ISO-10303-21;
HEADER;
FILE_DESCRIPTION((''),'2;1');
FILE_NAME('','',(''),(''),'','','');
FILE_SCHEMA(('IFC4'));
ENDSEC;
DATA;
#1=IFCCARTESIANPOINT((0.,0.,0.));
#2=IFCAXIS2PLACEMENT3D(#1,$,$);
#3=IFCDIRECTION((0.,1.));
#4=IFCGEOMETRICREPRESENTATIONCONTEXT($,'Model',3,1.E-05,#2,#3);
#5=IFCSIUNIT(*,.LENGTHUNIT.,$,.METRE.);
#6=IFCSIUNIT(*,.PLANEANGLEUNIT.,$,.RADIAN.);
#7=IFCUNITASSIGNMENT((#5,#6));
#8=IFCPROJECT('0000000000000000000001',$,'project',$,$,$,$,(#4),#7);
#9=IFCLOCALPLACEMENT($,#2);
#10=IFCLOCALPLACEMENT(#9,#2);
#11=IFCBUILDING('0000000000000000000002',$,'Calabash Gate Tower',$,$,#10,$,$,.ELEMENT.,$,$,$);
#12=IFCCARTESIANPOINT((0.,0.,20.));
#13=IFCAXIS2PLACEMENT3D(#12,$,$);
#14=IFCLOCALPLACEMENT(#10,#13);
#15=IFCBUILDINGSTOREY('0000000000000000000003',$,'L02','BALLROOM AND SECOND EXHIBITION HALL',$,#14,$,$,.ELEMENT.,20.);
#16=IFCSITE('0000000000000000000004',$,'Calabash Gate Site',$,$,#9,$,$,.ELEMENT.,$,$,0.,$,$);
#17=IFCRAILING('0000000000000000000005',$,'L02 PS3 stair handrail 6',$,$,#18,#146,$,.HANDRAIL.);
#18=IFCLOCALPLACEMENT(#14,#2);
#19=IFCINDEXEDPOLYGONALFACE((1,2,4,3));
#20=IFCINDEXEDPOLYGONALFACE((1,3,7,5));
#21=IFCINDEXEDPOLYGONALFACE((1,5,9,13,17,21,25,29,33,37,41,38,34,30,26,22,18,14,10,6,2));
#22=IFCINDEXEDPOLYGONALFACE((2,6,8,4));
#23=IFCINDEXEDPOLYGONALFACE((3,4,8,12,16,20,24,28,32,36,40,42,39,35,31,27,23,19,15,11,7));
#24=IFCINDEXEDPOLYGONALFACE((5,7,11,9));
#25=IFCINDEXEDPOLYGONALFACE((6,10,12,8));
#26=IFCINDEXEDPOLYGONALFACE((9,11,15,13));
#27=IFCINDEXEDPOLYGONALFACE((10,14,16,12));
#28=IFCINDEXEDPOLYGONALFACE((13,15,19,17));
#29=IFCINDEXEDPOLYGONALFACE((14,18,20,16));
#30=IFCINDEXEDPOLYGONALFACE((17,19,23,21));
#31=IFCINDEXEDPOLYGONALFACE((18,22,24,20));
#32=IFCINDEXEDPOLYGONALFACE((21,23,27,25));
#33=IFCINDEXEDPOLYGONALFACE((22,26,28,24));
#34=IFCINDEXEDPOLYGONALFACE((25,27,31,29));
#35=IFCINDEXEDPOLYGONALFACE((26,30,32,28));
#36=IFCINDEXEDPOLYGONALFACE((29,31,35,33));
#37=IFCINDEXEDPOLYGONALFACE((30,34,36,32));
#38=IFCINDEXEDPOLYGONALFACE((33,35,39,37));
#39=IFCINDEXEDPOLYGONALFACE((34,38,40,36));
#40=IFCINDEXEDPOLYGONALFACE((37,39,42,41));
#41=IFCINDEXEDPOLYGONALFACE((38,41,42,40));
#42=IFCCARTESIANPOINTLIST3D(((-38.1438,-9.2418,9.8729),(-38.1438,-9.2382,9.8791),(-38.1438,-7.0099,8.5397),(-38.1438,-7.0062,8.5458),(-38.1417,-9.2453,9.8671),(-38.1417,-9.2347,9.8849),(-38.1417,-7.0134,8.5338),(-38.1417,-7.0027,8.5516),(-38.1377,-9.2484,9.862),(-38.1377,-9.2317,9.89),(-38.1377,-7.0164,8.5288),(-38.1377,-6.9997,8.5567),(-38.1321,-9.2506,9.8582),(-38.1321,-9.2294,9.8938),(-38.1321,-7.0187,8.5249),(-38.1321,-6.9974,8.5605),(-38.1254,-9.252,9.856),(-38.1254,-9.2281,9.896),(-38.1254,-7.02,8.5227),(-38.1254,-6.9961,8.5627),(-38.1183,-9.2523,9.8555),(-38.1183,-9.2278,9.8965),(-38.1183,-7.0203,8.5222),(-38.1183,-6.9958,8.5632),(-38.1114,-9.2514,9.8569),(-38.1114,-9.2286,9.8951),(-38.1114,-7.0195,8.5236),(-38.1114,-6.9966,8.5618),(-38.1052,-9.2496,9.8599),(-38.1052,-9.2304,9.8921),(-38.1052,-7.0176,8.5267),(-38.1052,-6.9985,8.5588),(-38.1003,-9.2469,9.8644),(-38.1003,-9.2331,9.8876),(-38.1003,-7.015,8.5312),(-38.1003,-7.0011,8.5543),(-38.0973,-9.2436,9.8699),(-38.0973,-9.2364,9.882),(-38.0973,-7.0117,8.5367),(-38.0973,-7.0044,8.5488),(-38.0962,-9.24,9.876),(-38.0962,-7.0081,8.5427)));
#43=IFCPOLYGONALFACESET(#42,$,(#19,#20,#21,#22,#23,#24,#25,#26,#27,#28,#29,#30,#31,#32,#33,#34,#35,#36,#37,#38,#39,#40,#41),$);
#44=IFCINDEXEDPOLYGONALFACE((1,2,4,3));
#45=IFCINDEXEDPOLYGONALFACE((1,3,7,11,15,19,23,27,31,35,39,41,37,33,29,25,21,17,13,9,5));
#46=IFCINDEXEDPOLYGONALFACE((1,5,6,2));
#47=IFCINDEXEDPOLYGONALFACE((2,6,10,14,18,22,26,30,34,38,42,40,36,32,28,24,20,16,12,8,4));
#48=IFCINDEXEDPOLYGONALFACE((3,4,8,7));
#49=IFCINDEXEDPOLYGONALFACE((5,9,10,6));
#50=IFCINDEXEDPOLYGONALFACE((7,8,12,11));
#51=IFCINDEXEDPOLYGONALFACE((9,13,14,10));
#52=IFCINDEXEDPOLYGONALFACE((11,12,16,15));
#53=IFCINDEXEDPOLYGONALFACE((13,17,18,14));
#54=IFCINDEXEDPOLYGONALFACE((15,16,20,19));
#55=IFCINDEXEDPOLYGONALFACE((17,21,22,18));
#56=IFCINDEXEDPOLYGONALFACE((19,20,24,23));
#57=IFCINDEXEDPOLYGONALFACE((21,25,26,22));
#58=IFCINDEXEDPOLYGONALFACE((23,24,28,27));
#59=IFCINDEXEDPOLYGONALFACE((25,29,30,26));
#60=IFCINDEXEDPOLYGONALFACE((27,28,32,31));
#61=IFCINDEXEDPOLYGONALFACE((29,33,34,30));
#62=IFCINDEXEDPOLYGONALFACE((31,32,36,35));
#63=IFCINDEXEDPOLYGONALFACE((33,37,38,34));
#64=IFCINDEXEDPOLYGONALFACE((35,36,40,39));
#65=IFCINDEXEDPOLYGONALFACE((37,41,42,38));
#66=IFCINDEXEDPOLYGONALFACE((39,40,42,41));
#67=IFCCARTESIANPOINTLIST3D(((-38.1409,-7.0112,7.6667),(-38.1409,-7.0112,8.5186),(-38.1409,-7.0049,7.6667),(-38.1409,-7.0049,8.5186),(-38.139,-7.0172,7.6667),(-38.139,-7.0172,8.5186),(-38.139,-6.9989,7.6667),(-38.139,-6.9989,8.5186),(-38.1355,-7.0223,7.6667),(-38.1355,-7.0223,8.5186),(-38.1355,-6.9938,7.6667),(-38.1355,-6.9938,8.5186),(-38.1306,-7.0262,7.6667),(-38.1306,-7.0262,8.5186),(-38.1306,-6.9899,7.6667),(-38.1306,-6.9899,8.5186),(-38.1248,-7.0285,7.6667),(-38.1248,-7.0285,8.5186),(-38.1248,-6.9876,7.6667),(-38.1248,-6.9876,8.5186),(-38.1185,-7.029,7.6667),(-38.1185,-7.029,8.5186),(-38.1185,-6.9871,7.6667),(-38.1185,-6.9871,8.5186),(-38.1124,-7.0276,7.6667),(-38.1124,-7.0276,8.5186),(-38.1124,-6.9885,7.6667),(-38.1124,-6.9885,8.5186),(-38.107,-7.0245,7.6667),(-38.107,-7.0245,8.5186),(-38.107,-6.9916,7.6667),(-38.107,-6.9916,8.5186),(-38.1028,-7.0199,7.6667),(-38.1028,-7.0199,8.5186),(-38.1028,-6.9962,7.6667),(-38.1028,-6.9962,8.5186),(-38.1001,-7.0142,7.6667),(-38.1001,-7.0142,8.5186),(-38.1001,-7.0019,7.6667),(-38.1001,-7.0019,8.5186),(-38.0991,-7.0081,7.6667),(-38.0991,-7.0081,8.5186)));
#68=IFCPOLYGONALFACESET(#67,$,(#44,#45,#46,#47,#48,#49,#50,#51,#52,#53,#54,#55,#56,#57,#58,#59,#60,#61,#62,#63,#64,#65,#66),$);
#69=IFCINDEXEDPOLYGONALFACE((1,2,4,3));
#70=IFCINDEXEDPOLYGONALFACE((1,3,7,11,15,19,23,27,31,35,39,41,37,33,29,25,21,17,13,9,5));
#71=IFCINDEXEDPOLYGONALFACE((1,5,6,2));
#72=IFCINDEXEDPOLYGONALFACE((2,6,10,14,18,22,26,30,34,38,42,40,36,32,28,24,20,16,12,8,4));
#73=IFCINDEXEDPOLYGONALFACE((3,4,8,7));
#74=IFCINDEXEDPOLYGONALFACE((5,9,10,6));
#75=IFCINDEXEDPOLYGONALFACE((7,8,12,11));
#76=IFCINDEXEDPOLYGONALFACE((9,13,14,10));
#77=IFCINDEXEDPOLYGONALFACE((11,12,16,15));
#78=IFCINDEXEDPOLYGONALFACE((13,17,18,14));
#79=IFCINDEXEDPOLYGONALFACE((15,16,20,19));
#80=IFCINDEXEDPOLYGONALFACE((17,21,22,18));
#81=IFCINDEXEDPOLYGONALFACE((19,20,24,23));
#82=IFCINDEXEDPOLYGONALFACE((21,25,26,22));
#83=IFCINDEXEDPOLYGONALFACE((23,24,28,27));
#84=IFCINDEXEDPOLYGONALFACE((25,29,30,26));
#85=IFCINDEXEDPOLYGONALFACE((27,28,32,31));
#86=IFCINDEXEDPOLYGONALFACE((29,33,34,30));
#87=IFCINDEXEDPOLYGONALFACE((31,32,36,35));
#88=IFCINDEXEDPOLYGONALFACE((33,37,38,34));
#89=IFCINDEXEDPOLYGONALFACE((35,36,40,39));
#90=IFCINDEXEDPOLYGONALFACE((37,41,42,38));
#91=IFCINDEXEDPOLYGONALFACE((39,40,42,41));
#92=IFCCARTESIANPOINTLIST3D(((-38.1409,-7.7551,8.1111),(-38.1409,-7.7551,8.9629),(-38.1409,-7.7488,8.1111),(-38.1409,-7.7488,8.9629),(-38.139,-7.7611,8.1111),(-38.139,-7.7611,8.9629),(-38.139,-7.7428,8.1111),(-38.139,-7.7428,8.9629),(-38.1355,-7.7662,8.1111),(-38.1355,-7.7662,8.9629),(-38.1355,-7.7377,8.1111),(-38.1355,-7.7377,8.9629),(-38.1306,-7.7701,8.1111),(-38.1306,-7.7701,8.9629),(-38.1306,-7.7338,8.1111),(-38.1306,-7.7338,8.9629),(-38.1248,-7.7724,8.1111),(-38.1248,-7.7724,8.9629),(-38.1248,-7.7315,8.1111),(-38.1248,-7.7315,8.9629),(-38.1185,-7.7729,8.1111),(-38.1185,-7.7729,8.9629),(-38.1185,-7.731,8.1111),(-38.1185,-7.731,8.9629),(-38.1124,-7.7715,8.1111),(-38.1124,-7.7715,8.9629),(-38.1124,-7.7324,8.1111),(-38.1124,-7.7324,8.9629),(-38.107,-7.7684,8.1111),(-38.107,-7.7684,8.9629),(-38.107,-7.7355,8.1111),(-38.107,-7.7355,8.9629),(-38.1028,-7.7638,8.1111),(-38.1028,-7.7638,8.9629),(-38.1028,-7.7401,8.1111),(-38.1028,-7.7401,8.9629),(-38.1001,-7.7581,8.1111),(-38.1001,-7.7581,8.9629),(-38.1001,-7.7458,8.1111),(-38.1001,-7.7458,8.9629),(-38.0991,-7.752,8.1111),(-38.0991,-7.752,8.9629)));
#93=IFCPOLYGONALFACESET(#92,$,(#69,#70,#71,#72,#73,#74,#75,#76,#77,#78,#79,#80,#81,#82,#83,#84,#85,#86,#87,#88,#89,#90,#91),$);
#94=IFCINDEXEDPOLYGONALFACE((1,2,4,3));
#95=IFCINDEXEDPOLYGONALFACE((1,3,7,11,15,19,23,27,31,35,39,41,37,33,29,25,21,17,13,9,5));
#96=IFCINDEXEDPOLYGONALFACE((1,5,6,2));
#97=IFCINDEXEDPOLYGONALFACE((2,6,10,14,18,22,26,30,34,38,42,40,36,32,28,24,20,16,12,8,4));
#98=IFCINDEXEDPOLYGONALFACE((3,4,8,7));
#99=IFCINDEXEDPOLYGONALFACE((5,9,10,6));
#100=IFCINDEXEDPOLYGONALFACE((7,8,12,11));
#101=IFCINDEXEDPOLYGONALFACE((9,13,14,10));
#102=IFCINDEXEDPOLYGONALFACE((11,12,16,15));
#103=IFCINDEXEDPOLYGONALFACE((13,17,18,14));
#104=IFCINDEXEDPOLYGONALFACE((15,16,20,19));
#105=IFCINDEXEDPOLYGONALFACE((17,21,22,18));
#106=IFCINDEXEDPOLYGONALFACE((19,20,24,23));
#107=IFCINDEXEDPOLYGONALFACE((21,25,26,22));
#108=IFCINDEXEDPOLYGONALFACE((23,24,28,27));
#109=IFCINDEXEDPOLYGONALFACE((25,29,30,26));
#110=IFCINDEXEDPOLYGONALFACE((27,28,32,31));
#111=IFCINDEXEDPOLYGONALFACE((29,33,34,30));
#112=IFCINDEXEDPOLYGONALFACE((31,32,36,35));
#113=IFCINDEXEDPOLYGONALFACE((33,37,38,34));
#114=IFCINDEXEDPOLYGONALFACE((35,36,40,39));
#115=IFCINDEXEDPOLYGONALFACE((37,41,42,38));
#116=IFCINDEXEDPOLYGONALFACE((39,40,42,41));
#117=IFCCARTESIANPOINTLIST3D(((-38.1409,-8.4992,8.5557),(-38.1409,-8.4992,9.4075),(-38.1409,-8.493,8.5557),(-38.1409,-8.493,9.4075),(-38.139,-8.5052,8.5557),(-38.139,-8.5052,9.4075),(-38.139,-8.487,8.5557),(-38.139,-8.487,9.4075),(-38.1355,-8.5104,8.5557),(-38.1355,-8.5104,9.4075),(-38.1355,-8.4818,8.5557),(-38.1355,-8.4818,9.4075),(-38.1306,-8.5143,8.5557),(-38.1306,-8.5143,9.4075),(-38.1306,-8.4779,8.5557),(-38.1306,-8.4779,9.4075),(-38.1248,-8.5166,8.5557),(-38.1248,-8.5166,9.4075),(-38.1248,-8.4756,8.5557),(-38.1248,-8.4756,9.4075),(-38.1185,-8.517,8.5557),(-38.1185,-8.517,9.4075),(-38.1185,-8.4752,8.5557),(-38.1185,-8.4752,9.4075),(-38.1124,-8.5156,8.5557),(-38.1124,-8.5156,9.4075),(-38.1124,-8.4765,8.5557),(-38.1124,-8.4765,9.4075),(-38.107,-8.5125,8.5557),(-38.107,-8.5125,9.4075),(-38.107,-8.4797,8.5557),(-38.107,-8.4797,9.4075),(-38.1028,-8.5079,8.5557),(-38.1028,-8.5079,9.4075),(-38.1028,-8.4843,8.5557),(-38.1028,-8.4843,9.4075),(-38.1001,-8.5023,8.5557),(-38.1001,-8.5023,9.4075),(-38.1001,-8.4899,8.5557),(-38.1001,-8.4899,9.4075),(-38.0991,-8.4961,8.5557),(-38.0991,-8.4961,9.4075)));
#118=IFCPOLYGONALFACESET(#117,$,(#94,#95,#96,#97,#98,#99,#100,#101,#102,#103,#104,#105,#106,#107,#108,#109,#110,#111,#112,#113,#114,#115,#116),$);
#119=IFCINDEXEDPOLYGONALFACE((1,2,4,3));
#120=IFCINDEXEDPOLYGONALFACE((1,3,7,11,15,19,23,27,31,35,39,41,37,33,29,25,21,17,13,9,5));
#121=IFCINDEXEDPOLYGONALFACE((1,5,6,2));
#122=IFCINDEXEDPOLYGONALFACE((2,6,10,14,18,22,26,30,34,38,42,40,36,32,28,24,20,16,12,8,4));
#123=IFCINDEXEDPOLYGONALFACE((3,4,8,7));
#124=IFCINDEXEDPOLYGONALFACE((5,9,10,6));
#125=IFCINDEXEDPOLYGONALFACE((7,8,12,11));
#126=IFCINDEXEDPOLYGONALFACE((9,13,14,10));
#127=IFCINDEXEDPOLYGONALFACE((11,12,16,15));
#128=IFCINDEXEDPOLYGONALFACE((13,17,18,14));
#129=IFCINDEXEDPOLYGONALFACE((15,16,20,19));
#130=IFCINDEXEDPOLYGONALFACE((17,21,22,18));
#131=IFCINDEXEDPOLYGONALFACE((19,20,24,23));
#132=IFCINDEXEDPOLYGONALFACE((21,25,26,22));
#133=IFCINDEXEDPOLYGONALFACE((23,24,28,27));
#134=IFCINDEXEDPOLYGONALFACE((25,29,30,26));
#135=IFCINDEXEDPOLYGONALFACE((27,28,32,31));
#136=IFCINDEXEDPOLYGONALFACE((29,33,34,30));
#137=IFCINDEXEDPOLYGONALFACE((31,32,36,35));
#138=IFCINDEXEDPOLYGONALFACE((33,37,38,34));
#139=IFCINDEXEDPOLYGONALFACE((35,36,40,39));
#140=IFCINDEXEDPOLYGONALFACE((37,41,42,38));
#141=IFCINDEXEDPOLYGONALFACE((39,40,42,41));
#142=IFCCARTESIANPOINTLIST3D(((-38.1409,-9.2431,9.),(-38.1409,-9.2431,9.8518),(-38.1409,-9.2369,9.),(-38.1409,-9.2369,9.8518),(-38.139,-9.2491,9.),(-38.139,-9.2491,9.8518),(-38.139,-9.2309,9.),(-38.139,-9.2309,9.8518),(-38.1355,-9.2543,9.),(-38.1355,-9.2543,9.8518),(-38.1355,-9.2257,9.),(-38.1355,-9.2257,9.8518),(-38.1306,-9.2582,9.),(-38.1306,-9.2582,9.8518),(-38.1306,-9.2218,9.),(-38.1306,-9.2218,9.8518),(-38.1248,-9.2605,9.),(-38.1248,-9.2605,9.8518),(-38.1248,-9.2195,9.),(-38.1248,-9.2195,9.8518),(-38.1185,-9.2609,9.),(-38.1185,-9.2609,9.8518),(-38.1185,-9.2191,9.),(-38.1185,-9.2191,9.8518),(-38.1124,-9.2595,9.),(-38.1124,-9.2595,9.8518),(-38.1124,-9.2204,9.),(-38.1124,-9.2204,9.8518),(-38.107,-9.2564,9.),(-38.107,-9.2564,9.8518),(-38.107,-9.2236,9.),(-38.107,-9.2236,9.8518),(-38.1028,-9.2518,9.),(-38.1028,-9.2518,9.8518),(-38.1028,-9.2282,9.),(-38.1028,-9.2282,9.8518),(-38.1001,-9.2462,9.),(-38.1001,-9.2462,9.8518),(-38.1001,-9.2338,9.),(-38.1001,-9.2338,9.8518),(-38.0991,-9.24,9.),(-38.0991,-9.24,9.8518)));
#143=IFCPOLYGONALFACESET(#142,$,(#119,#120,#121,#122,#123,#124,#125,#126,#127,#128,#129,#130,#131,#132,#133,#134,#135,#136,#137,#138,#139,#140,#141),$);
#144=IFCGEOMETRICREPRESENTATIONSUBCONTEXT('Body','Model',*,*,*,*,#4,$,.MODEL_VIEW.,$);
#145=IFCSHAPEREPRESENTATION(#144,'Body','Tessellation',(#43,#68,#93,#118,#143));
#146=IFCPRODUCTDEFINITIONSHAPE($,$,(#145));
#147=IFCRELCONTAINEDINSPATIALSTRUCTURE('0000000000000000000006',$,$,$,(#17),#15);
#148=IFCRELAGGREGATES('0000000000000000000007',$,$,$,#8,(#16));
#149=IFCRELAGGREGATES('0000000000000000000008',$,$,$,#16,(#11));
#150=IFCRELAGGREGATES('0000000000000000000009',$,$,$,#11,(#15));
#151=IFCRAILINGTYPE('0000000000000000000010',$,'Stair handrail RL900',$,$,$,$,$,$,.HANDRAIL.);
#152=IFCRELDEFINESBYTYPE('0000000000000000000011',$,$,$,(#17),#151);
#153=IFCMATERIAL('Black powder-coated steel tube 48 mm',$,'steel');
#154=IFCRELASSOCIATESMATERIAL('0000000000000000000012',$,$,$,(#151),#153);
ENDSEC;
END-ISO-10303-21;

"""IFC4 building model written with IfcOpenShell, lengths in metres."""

from ifc_helpers import new_model, si_unit, direction, frame, origin, origin_2d, place, context, subcontext, project, spatial, circle, extrude, material, type_object, element, save


model = new_model("IFC4")

# Units and contexts
model_context = context("Model", 3, precision=1e-05, world=origin(), true_north=direction((0.0, 1.0)))
body_context = subcontext(model_context, "Body", "Model", "MODEL_VIEW")
ifc_project = project(units=[si_unit("LENGTHUNIT", "METRE"), si_unit("PLANEANGLEUNIT", "RADIAN")], contexts=[model_context])

# Site, building, storey
site_placement = place(None, origin())
site = spatial("IfcSite", under=ifc_project, at=site_placement, Name="Calabash Gate Site", CompositionType="ELEMENT", RefElevation=0.0)
building_placement = place(site_placement, origin())
building = spatial("IfcBuilding", under=site, at=building_placement, Name="Calabash Gate Tower", CompositionType="ELEMENT")
storey_placement = place(building_placement, frame((0.0, 0.0, 20.0)))
storey = spatial("IfcBuildingStorey", under=building, at=storey_placement, Name="L02", Description="BALLROOM AND SECOND EXHIBITION HALL", CompositionType="ELEMENT", Elevation=20.0)

# Railing
ifc_material_1 = material(Name="Black powder-coated steel tube 48 mm", Category="steel")
railing_type_1 = type_object("IfcRailingType", Name="Stair handrail RL900", PredefinedType="HANDRAIL", material=ifc_material_1)
for number, where, name in (
    (1, (-38.1201, -7.0081, 7.6667), "L02 PS3 stair handrail 6"),
):
    element("IfcRailing", number, at=place(storey_placement, frame(where)), inside=storey, type_object=railing_type_1, Name=name, PredefinedType="HANDRAIL", context=body_context, shape_type="SweptSolid", body=[
        extrude(circle(Radius=0.0239, at=origin_2d()), frame((0.0, 0.0, 0.876), z_axis=(0.0, -0.858494, 0.512824), x_axis=(1.0, 0.0, 0.0)), (0.0, 0.0, 1.0), 2.5999),
        extrude(circle(Radius=0.021, at=origin_2d()), origin(), (0.0, 0.0, 1.0), 0.8518),
        extrude(circle(Radius=0.021, at=origin_2d()), frame((0.0, -0.7439, 0.4443)), (0.0, 0.0, 1.0), 0.8518),
        extrude(circle(Radius=0.021, at=origin_2d()), frame((0.0, -1.488, 0.8889)), (0.0, 0.0, 1.0), 0.8518),
        extrude(circle(Radius=0.021, at=origin_2d()), frame((0.0, -2.2319, 1.3333)), (0.0, 0.0, 1.0), 0.8518),
    ])

save(model, "model.ifc")
